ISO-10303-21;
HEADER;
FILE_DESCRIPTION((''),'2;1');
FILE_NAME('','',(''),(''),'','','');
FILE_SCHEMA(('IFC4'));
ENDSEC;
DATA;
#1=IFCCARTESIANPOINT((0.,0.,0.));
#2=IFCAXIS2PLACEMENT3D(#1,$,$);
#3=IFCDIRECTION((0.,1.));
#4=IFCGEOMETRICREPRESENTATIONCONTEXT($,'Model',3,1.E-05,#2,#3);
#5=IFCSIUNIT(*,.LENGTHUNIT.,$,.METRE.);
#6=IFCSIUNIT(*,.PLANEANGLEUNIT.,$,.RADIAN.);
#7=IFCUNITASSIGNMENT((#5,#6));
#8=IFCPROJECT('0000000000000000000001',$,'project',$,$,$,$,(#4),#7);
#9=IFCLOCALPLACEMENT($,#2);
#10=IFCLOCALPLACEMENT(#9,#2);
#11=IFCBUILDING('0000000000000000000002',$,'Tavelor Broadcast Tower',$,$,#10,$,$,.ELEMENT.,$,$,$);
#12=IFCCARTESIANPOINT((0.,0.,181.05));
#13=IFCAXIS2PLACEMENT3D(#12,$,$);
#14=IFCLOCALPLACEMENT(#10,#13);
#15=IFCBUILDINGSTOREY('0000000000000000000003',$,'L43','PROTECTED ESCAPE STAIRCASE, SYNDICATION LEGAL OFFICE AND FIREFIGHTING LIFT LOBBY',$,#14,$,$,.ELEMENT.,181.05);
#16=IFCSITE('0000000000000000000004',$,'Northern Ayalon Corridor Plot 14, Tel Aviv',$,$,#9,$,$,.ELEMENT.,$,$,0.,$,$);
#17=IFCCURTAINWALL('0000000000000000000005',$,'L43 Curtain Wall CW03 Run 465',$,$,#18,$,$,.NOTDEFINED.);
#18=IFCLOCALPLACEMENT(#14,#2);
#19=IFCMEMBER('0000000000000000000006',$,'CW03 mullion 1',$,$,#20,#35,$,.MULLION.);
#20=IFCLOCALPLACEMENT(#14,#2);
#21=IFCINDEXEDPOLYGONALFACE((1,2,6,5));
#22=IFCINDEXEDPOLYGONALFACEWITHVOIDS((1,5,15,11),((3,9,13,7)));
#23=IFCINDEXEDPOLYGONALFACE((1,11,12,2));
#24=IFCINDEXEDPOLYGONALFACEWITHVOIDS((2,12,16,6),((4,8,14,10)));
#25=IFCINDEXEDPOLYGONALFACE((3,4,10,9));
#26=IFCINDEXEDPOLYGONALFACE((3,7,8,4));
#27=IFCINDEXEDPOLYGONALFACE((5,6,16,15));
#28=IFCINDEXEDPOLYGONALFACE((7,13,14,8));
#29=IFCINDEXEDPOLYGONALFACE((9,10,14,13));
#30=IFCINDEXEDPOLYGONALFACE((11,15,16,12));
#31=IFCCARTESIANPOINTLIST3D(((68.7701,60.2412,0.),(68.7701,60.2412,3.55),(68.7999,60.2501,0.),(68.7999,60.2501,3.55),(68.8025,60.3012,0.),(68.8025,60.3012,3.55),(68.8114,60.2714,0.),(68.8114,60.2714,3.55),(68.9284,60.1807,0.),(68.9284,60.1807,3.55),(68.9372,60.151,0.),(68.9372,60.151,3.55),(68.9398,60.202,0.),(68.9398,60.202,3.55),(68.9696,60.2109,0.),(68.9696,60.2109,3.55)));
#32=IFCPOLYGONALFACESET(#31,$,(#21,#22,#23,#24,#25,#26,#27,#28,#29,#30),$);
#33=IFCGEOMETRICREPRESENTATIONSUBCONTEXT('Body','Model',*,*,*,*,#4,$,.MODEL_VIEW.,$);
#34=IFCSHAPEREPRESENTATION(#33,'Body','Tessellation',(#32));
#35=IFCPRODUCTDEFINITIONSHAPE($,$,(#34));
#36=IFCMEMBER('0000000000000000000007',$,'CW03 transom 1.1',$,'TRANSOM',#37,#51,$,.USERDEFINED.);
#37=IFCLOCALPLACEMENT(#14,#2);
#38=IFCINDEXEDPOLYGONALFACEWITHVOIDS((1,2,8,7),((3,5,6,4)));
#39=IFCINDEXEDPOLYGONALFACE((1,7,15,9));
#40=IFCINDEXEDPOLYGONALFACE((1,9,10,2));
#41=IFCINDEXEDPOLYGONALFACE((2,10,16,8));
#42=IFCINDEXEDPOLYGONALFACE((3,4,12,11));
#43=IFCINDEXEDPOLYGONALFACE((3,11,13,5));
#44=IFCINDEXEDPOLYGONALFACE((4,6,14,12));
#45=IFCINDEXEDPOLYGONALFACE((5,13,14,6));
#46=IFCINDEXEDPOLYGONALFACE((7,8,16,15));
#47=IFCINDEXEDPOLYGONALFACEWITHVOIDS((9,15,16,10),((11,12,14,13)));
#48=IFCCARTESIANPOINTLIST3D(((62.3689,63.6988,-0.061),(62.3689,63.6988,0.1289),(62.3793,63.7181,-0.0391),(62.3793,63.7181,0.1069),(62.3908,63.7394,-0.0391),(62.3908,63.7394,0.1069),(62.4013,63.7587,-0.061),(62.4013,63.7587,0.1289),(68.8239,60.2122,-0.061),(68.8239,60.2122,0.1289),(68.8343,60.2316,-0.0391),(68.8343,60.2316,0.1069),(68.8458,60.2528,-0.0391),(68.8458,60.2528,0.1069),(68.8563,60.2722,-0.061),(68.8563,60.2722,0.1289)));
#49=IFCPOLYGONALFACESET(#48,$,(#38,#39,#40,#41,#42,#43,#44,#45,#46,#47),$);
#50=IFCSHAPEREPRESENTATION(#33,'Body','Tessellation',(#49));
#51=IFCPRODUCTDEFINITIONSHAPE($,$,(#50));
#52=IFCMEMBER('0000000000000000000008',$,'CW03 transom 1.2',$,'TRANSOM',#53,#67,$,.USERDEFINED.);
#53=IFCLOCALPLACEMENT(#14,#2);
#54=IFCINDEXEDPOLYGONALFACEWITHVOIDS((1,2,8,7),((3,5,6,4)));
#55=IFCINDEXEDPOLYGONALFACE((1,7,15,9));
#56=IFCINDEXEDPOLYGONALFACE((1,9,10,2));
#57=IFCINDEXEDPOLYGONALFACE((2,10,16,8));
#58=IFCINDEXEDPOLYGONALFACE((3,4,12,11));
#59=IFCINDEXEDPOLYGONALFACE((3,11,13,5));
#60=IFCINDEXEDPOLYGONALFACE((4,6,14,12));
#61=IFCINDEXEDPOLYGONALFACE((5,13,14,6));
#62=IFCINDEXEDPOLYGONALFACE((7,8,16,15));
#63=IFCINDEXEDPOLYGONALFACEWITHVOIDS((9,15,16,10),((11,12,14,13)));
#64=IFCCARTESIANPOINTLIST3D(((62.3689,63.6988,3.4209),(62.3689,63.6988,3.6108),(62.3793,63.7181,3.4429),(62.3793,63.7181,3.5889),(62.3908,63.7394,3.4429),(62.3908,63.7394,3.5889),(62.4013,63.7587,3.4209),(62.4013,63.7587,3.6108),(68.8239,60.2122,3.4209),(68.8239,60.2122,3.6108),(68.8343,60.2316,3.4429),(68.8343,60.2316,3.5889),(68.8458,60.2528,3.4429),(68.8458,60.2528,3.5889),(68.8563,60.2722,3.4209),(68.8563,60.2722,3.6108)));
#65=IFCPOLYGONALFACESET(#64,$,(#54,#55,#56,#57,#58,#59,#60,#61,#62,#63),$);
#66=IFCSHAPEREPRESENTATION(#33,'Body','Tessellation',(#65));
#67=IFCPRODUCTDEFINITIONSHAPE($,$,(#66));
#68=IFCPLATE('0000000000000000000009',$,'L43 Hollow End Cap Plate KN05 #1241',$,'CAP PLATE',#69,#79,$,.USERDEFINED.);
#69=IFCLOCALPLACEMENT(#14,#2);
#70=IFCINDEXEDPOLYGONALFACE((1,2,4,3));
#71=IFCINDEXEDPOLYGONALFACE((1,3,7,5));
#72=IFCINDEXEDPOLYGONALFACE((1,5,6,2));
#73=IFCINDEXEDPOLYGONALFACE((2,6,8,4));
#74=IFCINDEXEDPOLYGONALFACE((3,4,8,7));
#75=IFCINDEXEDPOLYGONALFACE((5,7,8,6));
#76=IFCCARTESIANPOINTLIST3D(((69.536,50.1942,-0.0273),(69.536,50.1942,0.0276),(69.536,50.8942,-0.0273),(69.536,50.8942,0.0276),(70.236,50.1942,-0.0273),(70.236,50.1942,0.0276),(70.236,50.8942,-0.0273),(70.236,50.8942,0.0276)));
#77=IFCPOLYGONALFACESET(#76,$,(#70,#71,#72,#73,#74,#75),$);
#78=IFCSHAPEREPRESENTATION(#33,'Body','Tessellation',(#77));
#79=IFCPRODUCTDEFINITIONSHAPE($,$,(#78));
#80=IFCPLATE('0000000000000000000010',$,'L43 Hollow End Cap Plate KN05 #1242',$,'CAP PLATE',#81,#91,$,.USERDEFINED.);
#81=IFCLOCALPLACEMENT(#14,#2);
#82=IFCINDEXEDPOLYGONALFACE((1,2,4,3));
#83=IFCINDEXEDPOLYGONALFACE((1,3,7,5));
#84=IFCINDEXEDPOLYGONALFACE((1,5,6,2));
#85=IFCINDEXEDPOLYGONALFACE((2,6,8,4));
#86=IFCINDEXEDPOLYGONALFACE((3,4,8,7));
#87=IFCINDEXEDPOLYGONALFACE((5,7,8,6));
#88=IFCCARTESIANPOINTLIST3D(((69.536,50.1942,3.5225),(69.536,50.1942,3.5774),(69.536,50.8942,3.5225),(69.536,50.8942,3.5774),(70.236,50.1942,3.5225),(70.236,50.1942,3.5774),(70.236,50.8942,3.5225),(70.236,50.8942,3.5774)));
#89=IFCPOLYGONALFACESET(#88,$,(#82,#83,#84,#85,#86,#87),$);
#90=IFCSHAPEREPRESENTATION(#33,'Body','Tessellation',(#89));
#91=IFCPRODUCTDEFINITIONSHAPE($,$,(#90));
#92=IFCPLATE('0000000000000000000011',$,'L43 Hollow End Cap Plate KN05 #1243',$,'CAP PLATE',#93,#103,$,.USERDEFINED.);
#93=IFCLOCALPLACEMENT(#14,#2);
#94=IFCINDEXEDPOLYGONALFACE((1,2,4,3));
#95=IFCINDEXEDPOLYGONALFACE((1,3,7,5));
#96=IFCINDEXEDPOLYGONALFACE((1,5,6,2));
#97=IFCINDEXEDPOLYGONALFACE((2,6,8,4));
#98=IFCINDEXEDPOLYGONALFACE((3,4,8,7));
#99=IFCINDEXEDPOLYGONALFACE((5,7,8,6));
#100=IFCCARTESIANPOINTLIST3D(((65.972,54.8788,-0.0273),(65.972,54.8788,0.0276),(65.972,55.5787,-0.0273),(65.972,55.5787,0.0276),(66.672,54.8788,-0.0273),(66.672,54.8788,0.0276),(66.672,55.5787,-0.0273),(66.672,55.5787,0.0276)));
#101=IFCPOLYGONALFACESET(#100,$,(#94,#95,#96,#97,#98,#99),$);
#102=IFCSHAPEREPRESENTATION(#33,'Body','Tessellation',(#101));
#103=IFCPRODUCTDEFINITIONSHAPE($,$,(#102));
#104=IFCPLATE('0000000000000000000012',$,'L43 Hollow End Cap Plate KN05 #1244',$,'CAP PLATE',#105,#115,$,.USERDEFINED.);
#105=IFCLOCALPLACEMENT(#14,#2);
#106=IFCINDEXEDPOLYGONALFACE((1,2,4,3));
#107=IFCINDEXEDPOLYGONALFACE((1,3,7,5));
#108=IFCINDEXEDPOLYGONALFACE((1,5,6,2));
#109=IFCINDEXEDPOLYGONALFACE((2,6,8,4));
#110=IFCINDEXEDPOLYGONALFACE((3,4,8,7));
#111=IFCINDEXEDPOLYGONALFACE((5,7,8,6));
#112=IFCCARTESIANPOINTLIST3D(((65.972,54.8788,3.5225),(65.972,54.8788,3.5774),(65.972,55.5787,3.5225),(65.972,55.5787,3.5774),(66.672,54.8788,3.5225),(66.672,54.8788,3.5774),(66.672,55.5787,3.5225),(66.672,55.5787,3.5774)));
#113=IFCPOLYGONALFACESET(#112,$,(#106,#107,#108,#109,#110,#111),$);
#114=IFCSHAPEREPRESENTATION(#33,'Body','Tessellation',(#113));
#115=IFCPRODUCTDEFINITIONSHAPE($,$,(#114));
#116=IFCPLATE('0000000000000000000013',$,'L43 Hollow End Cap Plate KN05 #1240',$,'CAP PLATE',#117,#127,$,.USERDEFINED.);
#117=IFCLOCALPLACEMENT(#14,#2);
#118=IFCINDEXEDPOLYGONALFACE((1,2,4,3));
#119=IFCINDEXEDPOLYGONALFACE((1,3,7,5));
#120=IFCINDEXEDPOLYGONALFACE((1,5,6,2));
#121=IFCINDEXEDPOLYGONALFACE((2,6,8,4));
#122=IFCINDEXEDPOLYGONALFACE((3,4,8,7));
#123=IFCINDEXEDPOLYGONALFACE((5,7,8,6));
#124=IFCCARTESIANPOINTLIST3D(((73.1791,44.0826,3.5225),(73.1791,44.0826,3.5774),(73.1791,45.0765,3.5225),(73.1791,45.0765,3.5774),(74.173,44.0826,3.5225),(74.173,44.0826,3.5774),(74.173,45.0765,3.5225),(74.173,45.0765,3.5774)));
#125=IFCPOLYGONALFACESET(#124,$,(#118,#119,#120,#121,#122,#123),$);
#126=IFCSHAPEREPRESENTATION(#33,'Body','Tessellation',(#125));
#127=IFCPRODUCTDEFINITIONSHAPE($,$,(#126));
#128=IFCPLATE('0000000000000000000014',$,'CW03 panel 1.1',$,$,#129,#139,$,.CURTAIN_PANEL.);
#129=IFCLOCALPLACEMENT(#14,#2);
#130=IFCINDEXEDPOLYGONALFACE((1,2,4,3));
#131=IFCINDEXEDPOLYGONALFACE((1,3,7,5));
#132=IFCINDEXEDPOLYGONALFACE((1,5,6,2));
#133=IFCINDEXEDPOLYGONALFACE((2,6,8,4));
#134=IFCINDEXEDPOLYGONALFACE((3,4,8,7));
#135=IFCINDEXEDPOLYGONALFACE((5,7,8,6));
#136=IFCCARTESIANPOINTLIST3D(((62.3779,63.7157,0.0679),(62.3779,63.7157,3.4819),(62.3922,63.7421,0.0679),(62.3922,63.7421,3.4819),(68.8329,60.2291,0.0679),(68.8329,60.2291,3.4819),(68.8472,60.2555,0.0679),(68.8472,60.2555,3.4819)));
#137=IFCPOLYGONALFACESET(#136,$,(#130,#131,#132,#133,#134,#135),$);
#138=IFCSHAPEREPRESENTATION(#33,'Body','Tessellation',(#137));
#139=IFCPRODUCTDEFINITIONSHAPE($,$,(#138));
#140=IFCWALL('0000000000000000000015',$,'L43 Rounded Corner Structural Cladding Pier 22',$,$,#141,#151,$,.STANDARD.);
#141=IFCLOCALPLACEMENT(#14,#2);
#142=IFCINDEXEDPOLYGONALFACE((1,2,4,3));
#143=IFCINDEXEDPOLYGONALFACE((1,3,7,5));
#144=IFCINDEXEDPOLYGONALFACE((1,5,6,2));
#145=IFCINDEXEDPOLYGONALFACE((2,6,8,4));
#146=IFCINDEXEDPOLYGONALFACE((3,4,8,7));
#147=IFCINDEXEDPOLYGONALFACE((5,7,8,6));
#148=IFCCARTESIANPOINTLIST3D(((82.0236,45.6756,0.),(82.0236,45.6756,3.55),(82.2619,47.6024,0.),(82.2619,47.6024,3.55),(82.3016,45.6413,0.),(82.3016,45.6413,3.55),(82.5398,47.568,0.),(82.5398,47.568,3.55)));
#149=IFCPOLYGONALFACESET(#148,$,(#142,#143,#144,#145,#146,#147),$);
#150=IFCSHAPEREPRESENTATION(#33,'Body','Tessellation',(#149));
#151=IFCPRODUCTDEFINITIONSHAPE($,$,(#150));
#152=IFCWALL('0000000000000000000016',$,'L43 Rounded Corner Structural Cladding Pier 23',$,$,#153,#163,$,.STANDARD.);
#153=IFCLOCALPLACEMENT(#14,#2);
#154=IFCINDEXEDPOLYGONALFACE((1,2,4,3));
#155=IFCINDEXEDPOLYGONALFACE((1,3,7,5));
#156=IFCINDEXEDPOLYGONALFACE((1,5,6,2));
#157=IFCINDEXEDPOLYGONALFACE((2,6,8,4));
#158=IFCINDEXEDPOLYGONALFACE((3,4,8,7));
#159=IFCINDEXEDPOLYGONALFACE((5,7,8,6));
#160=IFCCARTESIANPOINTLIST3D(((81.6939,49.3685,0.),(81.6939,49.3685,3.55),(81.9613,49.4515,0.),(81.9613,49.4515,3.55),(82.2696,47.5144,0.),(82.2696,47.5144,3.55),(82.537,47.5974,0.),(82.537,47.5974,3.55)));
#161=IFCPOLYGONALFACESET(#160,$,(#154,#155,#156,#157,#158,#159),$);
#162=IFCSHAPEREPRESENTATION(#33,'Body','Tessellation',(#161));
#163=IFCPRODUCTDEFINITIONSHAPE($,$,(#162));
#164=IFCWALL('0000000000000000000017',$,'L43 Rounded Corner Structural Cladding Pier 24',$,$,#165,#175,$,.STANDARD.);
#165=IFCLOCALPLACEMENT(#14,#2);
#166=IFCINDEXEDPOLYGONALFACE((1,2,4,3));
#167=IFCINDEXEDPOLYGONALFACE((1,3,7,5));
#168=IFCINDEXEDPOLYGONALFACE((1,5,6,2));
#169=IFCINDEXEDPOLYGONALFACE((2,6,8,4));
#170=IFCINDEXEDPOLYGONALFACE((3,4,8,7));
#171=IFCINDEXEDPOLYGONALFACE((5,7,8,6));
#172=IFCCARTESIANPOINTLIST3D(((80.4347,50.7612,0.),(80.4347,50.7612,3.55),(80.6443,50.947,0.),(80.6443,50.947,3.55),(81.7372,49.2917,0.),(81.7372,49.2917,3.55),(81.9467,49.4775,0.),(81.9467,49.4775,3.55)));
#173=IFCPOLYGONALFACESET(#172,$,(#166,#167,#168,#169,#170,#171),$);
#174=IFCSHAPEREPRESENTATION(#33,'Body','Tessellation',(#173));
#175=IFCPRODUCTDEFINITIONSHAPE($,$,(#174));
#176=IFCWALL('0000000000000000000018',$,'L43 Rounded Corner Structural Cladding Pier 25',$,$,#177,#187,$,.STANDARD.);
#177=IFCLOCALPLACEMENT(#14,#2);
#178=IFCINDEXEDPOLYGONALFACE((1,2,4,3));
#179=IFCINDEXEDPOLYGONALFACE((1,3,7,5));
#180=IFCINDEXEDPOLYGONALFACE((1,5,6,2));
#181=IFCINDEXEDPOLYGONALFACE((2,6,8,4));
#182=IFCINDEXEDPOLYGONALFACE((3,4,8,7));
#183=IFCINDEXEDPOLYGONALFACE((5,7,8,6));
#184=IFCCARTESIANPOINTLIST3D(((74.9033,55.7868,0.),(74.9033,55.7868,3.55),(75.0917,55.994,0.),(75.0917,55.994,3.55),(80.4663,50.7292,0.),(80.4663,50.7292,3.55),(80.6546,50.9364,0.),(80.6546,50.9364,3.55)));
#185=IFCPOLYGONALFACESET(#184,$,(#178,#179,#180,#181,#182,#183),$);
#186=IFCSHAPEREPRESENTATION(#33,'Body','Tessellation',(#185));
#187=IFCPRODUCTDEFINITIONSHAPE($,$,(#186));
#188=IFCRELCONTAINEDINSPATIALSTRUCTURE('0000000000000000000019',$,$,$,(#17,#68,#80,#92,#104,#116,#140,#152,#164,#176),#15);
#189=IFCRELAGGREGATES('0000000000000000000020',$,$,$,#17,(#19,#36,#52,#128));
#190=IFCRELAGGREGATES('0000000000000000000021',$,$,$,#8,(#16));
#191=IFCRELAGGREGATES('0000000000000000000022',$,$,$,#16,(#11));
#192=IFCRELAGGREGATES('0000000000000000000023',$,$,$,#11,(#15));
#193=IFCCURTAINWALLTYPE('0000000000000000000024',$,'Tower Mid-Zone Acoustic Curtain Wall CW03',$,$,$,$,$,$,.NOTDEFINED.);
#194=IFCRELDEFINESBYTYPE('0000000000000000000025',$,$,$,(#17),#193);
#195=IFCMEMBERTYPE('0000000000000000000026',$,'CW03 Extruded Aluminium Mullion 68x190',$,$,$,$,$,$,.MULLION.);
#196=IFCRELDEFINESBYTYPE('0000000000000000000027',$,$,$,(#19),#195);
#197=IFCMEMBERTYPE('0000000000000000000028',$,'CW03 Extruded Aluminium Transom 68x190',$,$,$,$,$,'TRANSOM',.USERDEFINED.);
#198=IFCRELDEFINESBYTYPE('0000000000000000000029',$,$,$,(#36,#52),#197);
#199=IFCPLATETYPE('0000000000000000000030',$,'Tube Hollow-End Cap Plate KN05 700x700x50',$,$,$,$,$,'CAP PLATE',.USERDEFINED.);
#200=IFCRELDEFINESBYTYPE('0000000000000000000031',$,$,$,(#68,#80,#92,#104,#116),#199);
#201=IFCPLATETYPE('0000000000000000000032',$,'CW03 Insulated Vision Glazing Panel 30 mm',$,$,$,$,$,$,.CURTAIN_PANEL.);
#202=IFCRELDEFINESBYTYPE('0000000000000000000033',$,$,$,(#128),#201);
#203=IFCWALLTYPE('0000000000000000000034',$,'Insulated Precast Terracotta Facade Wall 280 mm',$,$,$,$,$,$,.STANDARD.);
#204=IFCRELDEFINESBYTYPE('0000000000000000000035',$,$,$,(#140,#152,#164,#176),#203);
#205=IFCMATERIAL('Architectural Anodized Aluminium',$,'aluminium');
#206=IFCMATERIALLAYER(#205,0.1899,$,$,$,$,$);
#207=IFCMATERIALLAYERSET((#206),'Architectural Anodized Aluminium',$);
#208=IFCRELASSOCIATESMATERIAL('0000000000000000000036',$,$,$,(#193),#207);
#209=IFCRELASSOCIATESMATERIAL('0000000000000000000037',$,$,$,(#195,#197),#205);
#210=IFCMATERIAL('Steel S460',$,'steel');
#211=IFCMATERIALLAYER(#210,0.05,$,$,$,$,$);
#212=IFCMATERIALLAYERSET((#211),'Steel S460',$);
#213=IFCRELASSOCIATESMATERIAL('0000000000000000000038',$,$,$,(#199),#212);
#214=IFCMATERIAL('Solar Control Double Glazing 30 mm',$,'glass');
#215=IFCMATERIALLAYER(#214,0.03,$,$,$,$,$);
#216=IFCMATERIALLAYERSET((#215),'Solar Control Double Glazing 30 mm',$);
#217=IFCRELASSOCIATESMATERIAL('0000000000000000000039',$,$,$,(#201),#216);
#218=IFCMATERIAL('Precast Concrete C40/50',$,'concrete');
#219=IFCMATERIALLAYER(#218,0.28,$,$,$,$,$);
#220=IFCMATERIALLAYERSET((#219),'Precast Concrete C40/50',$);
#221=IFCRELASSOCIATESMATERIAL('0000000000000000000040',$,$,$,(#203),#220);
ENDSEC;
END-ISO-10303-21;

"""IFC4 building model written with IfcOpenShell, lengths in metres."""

from ifc_helpers import new_model, si_unit, direction, frame, frame_2d, origin, origin_2d, place, context, subcontext, project, spatial, rectangle, hollow_rectangle, extrude, source, transform, mapped, material, layer, layer_set, material_profile, profile_set, type_object, type_shapes, element, aggregate, save


model = new_model("IFC4")

# Units and contexts
model_context = context("Model", 3, precision=1e-05, world=origin(), true_north=direction((0.0, 1.0)))
body_context = subcontext(model_context, "Body", "Model", "MODEL_VIEW")
ifc_project = project(units=[si_unit("LENGTHUNIT", "METRE"), si_unit("PLANEANGLEUNIT", "RADIAN")], contexts=[model_context])

# Site, building, storey
site_placement = place(None, origin())
site = spatial("IfcSite", under=ifc_project, at=site_placement, Name="Northern Ayalon Corridor Plot 14, Tel Aviv", CompositionType="ELEMENT", RefElevation=0.0)
building_placement = place(site_placement, origin())
building = spatial("IfcBuilding", under=site, at=building_placement, Name="Tavelor Broadcast Tower", CompositionType="ELEMENT")
storey_placement = place(building_placement, frame((0.0, 0.0, 181.05)))
storey = spatial("IfcBuildingStorey", under=building, at=storey_placement, Name="L43", Description="PROTECTED ESCAPE STAIRCASE, SYNDICATION LEGAL OFFICE AND FIREFIGHTING LIFT LOBBY", CompositionType="ELEMENT", Elevation=181.05)

# Shared definitions
ifc_material_1 = material(Name="Steel S460", Category="steel")

# Curtain wall, members
ifc_material_2 = material(Name="Architectural Anodized Aluminium", Category="aluminium")
ifc_layer_1 = layer(ifc_material_2, 0.1899)
ifc_layer_set_1 = layer_set([ifc_layer_1], Name="Architectural Anodized Aluminium")
curtain_wall_type = type_object("IfcCurtainWallType", Name="Tower Mid-Zone Acoustic Curtain Wall CW03", PredefinedType="NOTDEFINED", material=ifc_layer_set_1)
curtain_wall_placement = place(storey_placement, origin())
curtain_wall = element("IfcCurtainWall", 1, at=curtain_wall_placement, inside=storey, type_object=curtain_wall_type, Name="L43 Curtain Wall CW03 Run 465", PredefinedType="NOTDEFINED")
ifc_material_profile_1 = material_profile(ifc_material_2, hollow_rectangle(XDim=0.0681, YDim=0.1899, WallThickness=0.022, at=origin_2d()), Name="RHS 68x190x22")
ifc_profile_set_1 = profile_set([ifc_material_profile_1], Name="Architectural Anodized Aluminium")
member_type_1 = type_object("IfcMemberType", Name="CW03 Extruded Aluminium Mullion 68x190", PredefinedType="MULLION", material=ifc_profile_set_1)
shared_shape_1 = source(origin(), body_context, "Body", "SweptSolid", [
    extrude(hollow_rectangle(XDim=0.0681, YDim=0.1899, WallThickness=0.022, at=origin_2d()), origin(), (0.0, 0.0, 1.0), 3.55),
])
type_shapes(member_type_1, [shared_shape_1])
member_1_placement = place(storey_placement, frame((68.8699, 60.2261, 0.0), z_axis=(0.0, 0.0, 1.0), x_axis=(-0.475238, -0.879857, 0.0)))
member_1 = element("IfcMember", 2, at=member_1_placement, type_object=member_type_1, Name="CW03 mullion 1", PredefinedType="MULLION", context=body_context, shape_type="MappedRepresentation", body=[
    mapped(shared_shape_1, transform((0.0, 0.0, 0.0), scale=1.0)),
])
ifc_material_profile_2 = material_profile(ifc_material_2, hollow_rectangle(XDim=0.0681, YDim=0.1899, WallThickness=0.022, at=origin_2d()), Name="RHS 68x190x22")
ifc_profile_set_2 = profile_set([ifc_material_profile_2], Name="Architectural Anodized Aluminium")
member_type_2 = type_object("IfcMemberType", Name="CW03 Extruded Aluminium Transom 68x190", ElementType="TRANSOM", PredefinedType="USERDEFINED", material=ifc_profile_set_2)
shared_shape_2 = source(origin(), body_context, "Body", "SweptSolid", [
    extrude(hollow_rectangle(XDim=0.0681, YDim=0.1899, WallThickness=0.022, at=origin_2d()), origin(), (0.0, 0.0, 1.0), 7.3364),
])
type_shapes(member_type_2, [shared_shape_2])
member_2_placement = place(storey_placement, frame((68.8401, 60.2422, 0.0339), z_axis=(-0.879858, 0.475237, 0.0), x_axis=(-0.475237, -0.879858, 0.0)))
member_2 = element("IfcMember", 3, at=member_2_placement, type_object=member_type_2, Name="CW03 transom 1.1", ObjectType="TRANSOM", PredefinedType="USERDEFINED", context=body_context, shape_type="MappedRepresentation", body=[
    mapped(shared_shape_2, transform((0.0, 0.0, 0.0), scale=1.0)),
])
member_3_placement = place(storey_placement, frame((68.8401, 60.2422, 3.5159), z_axis=(-0.879858, 0.475237, 0.0), x_axis=(-0.475237, -0.879858, 0.0)))
member_3 = element("IfcMember", 4, at=member_3_placement, type_object=member_type_2, Name="CW03 transom 1.2", ObjectType="TRANSOM", PredefinedType="USERDEFINED", context=body_context, shape_type="MappedRepresentation", body=[
    mapped(shared_shape_2, transform((0.0, 0.0, 0.0), scale=1.0)),
])

# Plates
ifc_layer_2 = layer(ifc_material_1, 0.05)
ifc_layer_set_2 = layer_set([ifc_layer_2], Name="Steel S460")
plate_type_1 = type_object("IfcPlateType", Name="Tube Hollow-End Cap Plate KN05 700x700x50", ElementType="CAP PLATE", PredefinedType="USERDEFINED", material=ifc_layer_set_2)
shared_shape_3 = source(origin(), body_context, "Body", "SweptSolid", [
    extrude(rectangle(XDim=0.7, YDim=0.7, at=origin_2d()), origin(), (0.0, 0.0, 1.0), 0.0549),
])
for number, where, z_axis, x_axis, name in (
    (5, (69.886, 50.5442, -0.0273), (0.0, 0.0, 1.0), (1.0, 0.0, 0.0), "L43 Hollow End Cap Plate KN05 #1241"),
    (6, (69.886, 50.5442, 3.5225), (0.0, 0.0, 1.0), (1.0, 0.0, 0.0), "L43 Hollow End Cap Plate KN05 #1242"),
    (7, (66.322, 55.2288, -0.0273), (0.0, 0.0, 1.0), (1.0, 0.0, 0.0), "L43 Hollow End Cap Plate KN05 #1243"),
    (8, (66.322, 55.2288, 3.5225), (0.0, 0.0, 1.0), (1.0, 0.0, 0.0), "L43 Hollow End Cap Plate KN05 #1244"),
):
    element("IfcPlate", number, at=place(storey_placement, frame(where, z_axis=z_axis, x_axis=x_axis)), inside=storey, type_object=plate_type_1, Name=name, ObjectType="CAP PLATE", PredefinedType="USERDEFINED", context=body_context, shape_type="MappedRepresentation", body=[
        mapped(shared_shape_3, transform((0.0, 0.0, 0.0), scale=1.0)),
    ])
shared_shape_4 = source(origin(), body_context, "Body", "SweptSolid", [
    extrude(rectangle(XDim=0.9939, YDim=0.9939, at=origin_2d()), origin(), (0.0, 0.0, 1.0), 0.0549),
])
type_shapes(plate_type_1, [shared_shape_3, shared_shape_4])
plate_1_placement = place(storey_placement, frame((73.676, 44.5796, 3.5225), z_axis=(0.0, 0.0, 1.0), x_axis=(1.0, 0.0, 0.0)))
element("IfcPlate", 9, at=plate_1_placement, inside=storey, type_object=plate_type_1, Name="L43 Hollow End Cap Plate KN05 #1240", ObjectType="CAP PLATE", PredefinedType="USERDEFINED", context=body_context, shape_type="MappedRepresentation", body=[
    mapped(shared_shape_4, transform((0.0, 0.0, 0.0), scale=1.0)),
])

# Plate
ifc_material_3 = material(Name="Solar Control Double Glazing 30 mm", Category="glass")
ifc_layer_3 = layer(ifc_material_3, 0.03)
ifc_layer_set_3 = layer_set([ifc_layer_3], Name="Solar Control Double Glazing 30 mm")
plate_type_2 = type_object("IfcPlateType", Name="CW03 Insulated Vision Glazing Panel 30 mm", PredefinedType="CURTAIN_PANEL", material=ifc_layer_set_3)
shared_shape_5 = source(origin(), body_context, "Body", "SweptSolid", [
    extrude(rectangle(XDim=7.3364, YDim=0.03, at=origin_2d()), origin(), (0.0, 0.0, 1.0), 3.4141),
])
type_shapes(plate_type_2, [shared_shape_5])
plate_2_placement = place(storey_placement, frame((65.6125, 61.9856, 0.0679), z_axis=(0.0, 0.0, 1.0), x_axis=(-0.879857, 0.475238, 0.0)))
plate_2 = element("IfcPlate", 10, at=plate_2_placement, type_object=plate_type_2, Name="CW03 panel 1.1", PredefinedType="CURTAIN_PANEL", context=body_context, shape_type="MappedRepresentation", body=[
    mapped(shared_shape_5, transform((0.0, 0.0, 0.0), scale=1.0)),
])
aggregate(curtain_wall, [member_1, member_2, member_3, plate_2])

# Walls
ifc_material_4 = material(Name="Precast Concrete C40/50", Category="concrete")
ifc_layer_4 = layer(ifc_material_4, 0.28)
ifc_layer_set_4 = layer_set([ifc_layer_4], Name="Precast Concrete C40/50")
wall_type = type_object("IfcWallType", Name="Insulated Precast Terracotta Facade Wall 280 mm", PredefinedType="STANDARD", material=ifc_layer_set_4)
for number, where, z_axis, x_axis, name in (
    (11, (82.1626, 45.6584, 0.0), (0.0, 0.0, 1.0), (0.122735, 0.99244, 0.0), "L43 Rounded Corner Structural Cladding Pier 22"),
    (12, (82.4033, 47.5559, 0.0), (0.0, 0.0, 1.0), (-0.296542, 0.95502, 0.0), "L43 Rounded Corner Structural Cladding Pier 23"),
):
    element("IfcWall", number, at=place(storey_placement, frame(where, z_axis=z_axis, x_axis=x_axis)), inside=storey, type_object=wall_type, Name=name, PredefinedType="STANDARD", context=body_context, shape_type="SweptSolid", body=[
        extrude(rectangle(XDim=1.9414, YDim=0.28, at=frame_2d((0.9707, 0.0))), origin(), (0.0, 0.0, 1.0), 3.55),
    ])
wall_1_placement = place(storey_placement, frame((81.842, 49.3845, 0.0), z_axis=(0.0, 0.0, 1.0), x_axis=(-0.663306, 0.748348, 0.0)))
element("IfcWall", 13, at=wall_1_placement, inside=storey, type_object=wall_type, Name="L43 Rounded Corner Structural Cladding Pier 24", PredefinedType="STANDARD", context=body_context, shape_type="SweptSolid", body=[
    extrude(rectangle(XDim=1.9636, YDim=0.28, at=frame_2d((0.9819, 0.0))), origin(), (0.0, 0.0, 1.0), 3.55),
])
wall_2_placement = place(storey_placement, frame((80.5605, 50.8328, 0.0), z_axis=(0.0, 0.0, 1.0), x_axis=(-0.739917, 0.672699, 0.0)))
element("IfcWall", 14, at=wall_2_placement, inside=storey, type_object=wall_type, Name="L43 Rounded Corner Structural Cladding Pier 25", PredefinedType="STANDARD", context=body_context, shape_type="SweptSolid", body=[
    extrude(rectangle(XDim=7.5183, YDim=0.28, at=frame_2d((3.7593, 0.0))), origin(), (0.0, 0.0, 1.0), 3.55),
])

save(model, "model.ifc")
